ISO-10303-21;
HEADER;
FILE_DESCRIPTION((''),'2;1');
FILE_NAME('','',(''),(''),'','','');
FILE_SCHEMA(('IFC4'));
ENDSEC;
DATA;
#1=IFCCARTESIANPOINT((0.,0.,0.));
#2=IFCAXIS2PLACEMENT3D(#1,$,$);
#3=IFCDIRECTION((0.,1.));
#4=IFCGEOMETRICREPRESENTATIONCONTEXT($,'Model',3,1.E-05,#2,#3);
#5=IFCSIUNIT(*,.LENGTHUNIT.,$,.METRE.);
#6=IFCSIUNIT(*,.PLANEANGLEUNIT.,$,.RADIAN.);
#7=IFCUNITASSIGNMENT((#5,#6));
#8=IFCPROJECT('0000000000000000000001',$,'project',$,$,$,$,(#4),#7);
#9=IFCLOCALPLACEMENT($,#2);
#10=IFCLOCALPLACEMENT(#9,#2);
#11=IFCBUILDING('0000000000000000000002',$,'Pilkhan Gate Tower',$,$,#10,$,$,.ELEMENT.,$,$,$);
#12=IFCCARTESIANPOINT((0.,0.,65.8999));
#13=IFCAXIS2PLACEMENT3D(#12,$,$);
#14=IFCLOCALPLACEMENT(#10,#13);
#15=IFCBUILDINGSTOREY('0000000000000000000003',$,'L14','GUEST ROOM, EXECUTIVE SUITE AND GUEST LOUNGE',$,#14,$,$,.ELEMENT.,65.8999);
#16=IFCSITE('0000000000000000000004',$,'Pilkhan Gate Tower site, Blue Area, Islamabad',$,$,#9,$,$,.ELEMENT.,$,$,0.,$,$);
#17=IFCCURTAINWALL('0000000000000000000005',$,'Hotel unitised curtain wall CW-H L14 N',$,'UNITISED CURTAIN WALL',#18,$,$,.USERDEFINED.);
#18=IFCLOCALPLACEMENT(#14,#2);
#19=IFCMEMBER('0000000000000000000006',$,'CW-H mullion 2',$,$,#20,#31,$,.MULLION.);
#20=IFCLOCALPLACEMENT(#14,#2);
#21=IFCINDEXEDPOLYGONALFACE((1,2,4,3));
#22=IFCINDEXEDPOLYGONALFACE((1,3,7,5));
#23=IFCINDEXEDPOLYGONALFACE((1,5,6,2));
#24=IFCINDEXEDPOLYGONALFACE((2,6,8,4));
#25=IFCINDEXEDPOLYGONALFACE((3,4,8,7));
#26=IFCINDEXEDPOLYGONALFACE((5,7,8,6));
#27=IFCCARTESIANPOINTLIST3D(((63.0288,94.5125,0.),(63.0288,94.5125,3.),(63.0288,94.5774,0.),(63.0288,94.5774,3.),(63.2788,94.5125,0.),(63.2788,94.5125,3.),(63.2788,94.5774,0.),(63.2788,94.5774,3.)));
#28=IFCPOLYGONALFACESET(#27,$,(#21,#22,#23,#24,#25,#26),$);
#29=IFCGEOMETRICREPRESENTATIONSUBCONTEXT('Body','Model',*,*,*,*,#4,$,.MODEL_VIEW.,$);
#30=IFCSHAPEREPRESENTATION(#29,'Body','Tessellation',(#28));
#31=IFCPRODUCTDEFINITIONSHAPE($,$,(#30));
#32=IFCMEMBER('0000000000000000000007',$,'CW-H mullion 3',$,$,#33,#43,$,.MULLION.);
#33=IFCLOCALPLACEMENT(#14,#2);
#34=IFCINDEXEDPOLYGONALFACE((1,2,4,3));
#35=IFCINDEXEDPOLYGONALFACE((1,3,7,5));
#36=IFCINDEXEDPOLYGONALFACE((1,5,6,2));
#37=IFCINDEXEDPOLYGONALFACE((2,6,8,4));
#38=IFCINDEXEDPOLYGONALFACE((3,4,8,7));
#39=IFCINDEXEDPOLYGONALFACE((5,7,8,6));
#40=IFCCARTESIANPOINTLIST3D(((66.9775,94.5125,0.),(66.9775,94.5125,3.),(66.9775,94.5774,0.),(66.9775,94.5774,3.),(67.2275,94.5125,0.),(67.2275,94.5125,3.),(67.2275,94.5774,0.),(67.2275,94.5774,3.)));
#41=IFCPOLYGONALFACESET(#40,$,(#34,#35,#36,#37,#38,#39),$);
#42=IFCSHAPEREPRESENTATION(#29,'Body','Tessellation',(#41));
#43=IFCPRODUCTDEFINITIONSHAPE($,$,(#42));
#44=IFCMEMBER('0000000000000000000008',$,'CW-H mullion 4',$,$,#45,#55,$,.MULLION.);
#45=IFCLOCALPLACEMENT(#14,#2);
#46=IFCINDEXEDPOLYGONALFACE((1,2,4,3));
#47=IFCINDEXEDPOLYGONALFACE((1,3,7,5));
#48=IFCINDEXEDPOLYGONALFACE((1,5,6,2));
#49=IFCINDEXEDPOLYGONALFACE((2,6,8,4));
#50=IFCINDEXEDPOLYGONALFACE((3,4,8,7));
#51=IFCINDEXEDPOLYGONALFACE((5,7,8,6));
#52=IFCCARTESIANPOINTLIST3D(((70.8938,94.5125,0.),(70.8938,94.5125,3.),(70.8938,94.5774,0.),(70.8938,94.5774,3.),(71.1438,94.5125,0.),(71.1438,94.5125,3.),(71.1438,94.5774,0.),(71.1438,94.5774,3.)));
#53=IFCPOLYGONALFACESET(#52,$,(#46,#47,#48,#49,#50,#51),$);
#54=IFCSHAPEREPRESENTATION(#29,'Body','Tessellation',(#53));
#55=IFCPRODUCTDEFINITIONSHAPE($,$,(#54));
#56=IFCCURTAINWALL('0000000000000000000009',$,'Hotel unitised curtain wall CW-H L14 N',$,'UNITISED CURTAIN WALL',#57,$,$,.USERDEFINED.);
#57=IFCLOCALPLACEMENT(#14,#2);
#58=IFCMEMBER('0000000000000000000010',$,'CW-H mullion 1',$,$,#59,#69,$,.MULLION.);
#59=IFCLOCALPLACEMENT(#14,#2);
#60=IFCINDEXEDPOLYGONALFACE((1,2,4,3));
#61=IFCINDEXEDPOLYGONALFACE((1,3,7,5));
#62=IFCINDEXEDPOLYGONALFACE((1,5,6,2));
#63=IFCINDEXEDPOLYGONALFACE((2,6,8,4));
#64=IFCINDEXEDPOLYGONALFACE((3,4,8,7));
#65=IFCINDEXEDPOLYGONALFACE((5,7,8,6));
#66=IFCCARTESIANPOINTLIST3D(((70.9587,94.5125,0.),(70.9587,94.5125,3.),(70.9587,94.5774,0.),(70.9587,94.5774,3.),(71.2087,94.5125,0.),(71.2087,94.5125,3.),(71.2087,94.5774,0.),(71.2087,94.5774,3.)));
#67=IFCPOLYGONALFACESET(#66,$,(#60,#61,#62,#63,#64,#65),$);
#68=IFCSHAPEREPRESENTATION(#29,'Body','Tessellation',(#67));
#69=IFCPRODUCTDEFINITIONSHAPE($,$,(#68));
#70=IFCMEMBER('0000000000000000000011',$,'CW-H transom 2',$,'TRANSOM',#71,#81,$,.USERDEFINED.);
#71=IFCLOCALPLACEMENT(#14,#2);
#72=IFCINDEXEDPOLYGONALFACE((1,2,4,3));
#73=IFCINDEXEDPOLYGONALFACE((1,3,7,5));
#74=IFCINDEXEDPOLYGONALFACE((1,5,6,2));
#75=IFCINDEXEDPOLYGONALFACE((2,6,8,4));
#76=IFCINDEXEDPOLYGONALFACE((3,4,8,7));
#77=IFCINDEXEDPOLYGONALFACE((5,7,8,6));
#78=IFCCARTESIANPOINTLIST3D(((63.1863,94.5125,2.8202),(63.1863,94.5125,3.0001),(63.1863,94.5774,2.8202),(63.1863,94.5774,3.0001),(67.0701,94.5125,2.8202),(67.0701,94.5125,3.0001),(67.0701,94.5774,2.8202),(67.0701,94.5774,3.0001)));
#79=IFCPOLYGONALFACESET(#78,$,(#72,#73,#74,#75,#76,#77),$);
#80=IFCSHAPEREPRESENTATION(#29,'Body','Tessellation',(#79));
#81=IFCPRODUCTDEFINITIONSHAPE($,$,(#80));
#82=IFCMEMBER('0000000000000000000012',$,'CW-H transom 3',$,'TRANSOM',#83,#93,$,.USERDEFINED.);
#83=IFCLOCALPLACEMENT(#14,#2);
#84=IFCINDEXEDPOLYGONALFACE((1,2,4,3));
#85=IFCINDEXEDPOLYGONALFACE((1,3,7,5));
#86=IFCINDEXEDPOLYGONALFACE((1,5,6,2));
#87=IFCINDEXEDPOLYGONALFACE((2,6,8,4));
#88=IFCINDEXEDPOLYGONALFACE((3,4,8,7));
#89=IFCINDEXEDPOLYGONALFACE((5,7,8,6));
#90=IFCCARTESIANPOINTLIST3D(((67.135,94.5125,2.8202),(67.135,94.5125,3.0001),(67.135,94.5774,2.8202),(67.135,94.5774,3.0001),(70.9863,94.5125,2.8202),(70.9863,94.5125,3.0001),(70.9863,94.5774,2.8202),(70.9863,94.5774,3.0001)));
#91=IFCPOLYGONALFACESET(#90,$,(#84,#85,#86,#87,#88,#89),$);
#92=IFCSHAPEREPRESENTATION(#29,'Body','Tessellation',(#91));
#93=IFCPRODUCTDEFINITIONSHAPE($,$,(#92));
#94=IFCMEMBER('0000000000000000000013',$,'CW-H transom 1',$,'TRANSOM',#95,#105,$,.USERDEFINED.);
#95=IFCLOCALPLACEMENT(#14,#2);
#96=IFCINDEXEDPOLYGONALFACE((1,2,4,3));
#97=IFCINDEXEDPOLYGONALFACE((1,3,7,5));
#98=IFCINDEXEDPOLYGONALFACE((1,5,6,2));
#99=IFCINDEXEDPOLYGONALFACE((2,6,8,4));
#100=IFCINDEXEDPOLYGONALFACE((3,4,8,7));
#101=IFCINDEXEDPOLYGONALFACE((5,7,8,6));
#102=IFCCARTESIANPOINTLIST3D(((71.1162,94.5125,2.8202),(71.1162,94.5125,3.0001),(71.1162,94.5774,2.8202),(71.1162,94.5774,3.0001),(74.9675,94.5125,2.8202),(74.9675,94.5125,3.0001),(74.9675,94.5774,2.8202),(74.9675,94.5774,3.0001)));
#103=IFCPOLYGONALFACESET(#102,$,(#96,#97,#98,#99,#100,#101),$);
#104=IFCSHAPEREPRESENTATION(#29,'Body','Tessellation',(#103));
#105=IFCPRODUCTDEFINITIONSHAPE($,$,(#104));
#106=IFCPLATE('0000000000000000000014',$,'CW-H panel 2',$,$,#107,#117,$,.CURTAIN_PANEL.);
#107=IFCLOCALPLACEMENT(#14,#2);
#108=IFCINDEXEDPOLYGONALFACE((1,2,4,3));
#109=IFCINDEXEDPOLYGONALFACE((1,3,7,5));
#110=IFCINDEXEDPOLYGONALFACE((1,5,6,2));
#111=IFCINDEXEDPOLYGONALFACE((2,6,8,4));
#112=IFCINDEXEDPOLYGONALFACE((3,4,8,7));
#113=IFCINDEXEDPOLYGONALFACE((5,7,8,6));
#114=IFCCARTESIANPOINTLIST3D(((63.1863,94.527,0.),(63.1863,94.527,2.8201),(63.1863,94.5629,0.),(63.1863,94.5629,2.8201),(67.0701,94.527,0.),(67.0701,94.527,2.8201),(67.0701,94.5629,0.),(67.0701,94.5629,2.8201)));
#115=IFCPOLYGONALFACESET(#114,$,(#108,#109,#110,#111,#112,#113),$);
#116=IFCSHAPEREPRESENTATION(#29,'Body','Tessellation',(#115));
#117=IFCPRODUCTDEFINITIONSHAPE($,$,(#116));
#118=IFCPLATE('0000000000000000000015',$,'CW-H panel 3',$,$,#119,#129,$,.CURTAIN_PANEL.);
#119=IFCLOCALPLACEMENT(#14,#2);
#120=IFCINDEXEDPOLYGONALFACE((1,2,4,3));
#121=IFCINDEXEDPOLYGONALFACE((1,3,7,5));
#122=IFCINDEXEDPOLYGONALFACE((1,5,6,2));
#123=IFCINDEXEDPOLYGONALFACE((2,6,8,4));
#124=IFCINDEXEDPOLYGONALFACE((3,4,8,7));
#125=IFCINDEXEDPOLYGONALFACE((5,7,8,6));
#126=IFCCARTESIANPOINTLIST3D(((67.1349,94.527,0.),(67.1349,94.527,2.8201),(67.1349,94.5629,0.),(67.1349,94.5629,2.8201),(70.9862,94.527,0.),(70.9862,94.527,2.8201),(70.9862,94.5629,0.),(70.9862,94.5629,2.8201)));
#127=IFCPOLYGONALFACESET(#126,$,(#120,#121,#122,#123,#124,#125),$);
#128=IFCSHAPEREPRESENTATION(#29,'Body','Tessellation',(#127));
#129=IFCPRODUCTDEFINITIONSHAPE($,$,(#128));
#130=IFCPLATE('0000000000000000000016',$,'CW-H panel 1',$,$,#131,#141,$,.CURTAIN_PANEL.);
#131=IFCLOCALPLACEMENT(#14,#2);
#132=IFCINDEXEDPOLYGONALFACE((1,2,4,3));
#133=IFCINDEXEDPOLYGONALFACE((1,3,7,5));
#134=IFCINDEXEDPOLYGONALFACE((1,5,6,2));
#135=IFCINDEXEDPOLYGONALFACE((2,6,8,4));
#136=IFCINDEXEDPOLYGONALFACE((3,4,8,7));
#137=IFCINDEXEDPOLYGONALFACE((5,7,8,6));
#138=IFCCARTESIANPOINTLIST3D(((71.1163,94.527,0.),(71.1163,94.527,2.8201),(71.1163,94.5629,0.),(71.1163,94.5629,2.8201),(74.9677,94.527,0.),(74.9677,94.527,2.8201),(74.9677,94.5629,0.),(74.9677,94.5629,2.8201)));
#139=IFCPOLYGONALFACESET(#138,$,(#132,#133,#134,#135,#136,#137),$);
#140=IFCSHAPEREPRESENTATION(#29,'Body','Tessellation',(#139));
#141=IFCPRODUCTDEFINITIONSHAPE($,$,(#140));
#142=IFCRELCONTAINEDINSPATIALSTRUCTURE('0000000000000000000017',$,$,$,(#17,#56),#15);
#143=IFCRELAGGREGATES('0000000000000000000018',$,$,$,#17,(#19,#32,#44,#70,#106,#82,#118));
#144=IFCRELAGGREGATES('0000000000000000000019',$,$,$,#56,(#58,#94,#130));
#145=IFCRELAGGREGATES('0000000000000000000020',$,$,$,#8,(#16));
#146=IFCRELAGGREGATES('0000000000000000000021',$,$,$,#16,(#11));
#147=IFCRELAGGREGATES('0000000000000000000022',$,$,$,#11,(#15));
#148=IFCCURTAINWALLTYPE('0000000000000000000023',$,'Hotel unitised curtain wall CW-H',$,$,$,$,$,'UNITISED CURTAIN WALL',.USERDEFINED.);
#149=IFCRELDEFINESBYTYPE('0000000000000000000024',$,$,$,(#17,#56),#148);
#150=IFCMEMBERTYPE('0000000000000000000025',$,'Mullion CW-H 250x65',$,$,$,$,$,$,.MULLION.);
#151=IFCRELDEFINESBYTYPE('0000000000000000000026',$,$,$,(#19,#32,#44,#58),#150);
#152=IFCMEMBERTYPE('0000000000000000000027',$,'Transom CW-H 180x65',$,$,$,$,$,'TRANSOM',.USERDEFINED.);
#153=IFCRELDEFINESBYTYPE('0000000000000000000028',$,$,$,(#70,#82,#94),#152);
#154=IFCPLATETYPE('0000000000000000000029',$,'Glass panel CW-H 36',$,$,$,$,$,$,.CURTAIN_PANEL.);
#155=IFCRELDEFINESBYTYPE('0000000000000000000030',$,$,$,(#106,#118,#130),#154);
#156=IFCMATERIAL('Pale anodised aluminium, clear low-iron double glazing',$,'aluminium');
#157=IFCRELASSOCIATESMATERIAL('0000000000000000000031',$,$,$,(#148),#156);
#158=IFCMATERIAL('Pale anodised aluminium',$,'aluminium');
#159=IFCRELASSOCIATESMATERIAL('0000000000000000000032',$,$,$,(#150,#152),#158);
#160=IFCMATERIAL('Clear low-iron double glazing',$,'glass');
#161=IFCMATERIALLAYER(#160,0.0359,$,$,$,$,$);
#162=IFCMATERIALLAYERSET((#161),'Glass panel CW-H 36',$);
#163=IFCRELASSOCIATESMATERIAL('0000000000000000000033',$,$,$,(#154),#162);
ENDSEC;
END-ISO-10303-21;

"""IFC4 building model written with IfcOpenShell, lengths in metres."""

from ifc_helpers import new_model, si_unit, direction, frame, origin, origin_2d, place, context, subcontext, project, spatial, rectangle, extrude, material, layer, layer_set, material_profile, profile_set, type_object, element, aggregate, save


model = new_model("IFC4")

# Units and contexts
model_context = context("Model", 3, precision=1e-05, world=origin(), true_north=direction((0.0, 1.0)))
body_context = subcontext(model_context, "Body", "Model", "MODEL_VIEW")
ifc_project = project(units=[si_unit("LENGTHUNIT", "METRE"), si_unit("PLANEANGLEUNIT", "RADIAN")], contexts=[model_context])

# Site, building, storey
site_placement = place(None, origin())
site = spatial("IfcSite", under=ifc_project, at=site_placement, Name="Pilkhan Gate Tower site, Blue Area, Islamabad", CompositionType="ELEMENT", RefElevation=0.0)
building_placement = place(site_placement, origin())
building = spatial("IfcBuilding", under=site, at=building_placement, Name="Pilkhan Gate Tower", CompositionType="ELEMENT")
storey_placement = place(building_placement, frame((0.0, 0.0, 65.8999)))
storey = spatial("IfcBuildingStorey", under=building, at=storey_placement, Name="L14", Description="GUEST ROOM, EXECUTIVE SUITE AND GUEST LOUNGE", CompositionType="ELEMENT", Elevation=65.8999)

# Curtain wall, members
ifc_material_1 = material(Name="Pale anodised aluminium, clear low-iron double glazing", Category="aluminium")
curtain_wall_type = type_object("IfcCurtainWallType", Name="Hotel unitised curtain wall CW-H", ElementType="UNITISED CURTAIN WALL", PredefinedType="USERDEFINED", material=ifc_material_1)
curtain_wall_1_placement = place(storey_placement, origin())
curtain_wall_1 = element("IfcCurtainWall", 1, at=curtain_wall_1_placement, inside=storey, type_object=curtain_wall_type, Name="Hotel unitised curtain wall CW-H L14 N", ObjectType="UNITISED CURTAIN WALL", PredefinedType="USERDEFINED")
ifc_material_2 = material(Name="Pale anodised aluminium", Category="aluminium")
ifc_material_profile_1 = material_profile(ifc_material_2, rectangle(XDim=0.0649, YDim=0.25, at=origin_2d()), Name="Mullion 250x65")
ifc_profile_set_1 = profile_set([ifc_material_profile_1], Name="Pale anodised aluminium")
member_type_1 = type_object("IfcMemberType", Name="Mullion CW-H 250x65", PredefinedType="MULLION", material=ifc_profile_set_1)
member_1_placement = place(storey_placement, frame((63.1538, 94.5449, 0.0), z_axis=(0.0, 0.0, 1.0), x_axis=(0.0, 1.0, 0.0)))
member_1 = element("IfcMember", 2, at=member_1_placement, type_object=member_type_1, Name="CW-H mullion 2", PredefinedType="MULLION", context=body_context, shape_type="SweptSolid", body=[
    extrude(rectangle(XDim=0.0649, YDim=0.25, at=origin_2d()), origin(), (0.0, 0.0, 1.0), 3.0),
])
member_2_placement = place(storey_placement, frame((67.1025, 94.5449, 0.0), z_axis=(0.0, 0.0, 1.0), x_axis=(0.0, 1.0, 0.0)))
member_2 = element("IfcMember", 3, at=member_2_placement, type_object=member_type_1, Name="CW-H mullion 3", PredefinedType="MULLION", context=body_context, shape_type="SweptSolid", body=[
    extrude(rectangle(XDim=0.0649, YDim=0.25, at=origin_2d()), origin(), (0.0, 0.0, 1.0), 3.0),
])
member_3_placement = place(storey_placement, frame((71.0188, 94.5449, 0.0), z_axis=(0.0, 0.0, 1.0), x_axis=(0.0, 1.0, 0.0)))
member_3 = element("IfcMember", 4, at=member_3_placement, type_object=member_type_1, Name="CW-H mullion 4", PredefinedType="MULLION", context=body_context, shape_type="SweptSolid", body=[
    extrude(rectangle(XDim=0.0649, YDim=0.25, at=origin_2d()), origin(), (0.0, 0.0, 1.0), 3.0),
])

# Curtain wall, member
curtain_wall_2_placement = place(storey_placement, origin())
curtain_wall_2 = element("IfcCurtainWall", 5, at=curtain_wall_2_placement, inside=storey, type_object=curtain_wall_type, Name="Hotel unitised curtain wall CW-H L14 N", ObjectType="UNITISED CURTAIN WALL", PredefinedType="USERDEFINED")
member_4_placement = place(storey_placement, frame((71.0837, 94.5449, 0.0), z_axis=(0.0, 0.0, 1.0), x_axis=(0.0, 1.0, 0.0)))
member_4 = element("IfcMember", 6, at=member_4_placement, type_object=member_type_1, Name="CW-H mullion 1", PredefinedType="MULLION", context=body_context, shape_type="SweptSolid", body=[
    extrude(rectangle(XDim=0.0649, YDim=0.25, at=origin_2d()), origin(), (0.0, 0.0, 1.0), 3.0),
])

# Members
ifc_material_profile_2 = material_profile(ifc_material_2, rectangle(XDim=0.0649, YDim=0.1799, at=origin_2d()), Name="Transom 180x65")
ifc_profile_set_2 = profile_set([ifc_material_profile_2], Name="Pale anodised aluminium")
member_type_2 = type_object("IfcMemberType", Name="Transom CW-H 180x65", ElementType="TRANSOM", PredefinedType="USERDEFINED", material=ifc_profile_set_2)
member_5_placement = place(storey_placement, frame((63.1863, 94.5449, 2.9102), z_axis=(1.0, 0.0, 0.0), x_axis=(0.0, 1.0, 0.0)))
member_5 = element("IfcMember", 7, at=member_5_placement, type_object=member_type_2, Name="CW-H transom 2", ObjectType="TRANSOM", PredefinedType="USERDEFINED", context=body_context, shape_type="SweptSolid", body=[
    extrude(rectangle(XDim=0.0649, YDim=0.1799, at=origin_2d()), origin(), (0.0, 0.0, 1.0), 3.8838),
])
member_6_placement = place(storey_placement, frame((67.135, 94.5449, 2.9102), z_axis=(1.0, 0.0, 0.0), x_axis=(0.0, 1.0, 0.0)))
member_6 = element("IfcMember", 8, at=member_6_placement, type_object=member_type_2, Name="CW-H transom 3", ObjectType="TRANSOM", PredefinedType="USERDEFINED", context=body_context, shape_type="SweptSolid", body=[
    extrude(rectangle(XDim=0.0649, YDim=0.1799, at=origin_2d()), origin(), (0.0, 0.0, 1.0), 3.8513),
])
member_7_placement = place(storey_placement, frame((71.1162, 94.5449, 2.9102), z_axis=(1.0, 0.0, 0.0), x_axis=(0.0, 1.0, 0.0)))
member_7 = element("IfcMember", 9, at=member_7_placement, type_object=member_type_2, Name="CW-H transom 1", ObjectType="TRANSOM", PredefinedType="USERDEFINED", context=body_context, shape_type="SweptSolid", body=[
    extrude(rectangle(XDim=0.0649, YDim=0.1799, at=origin_2d()), origin(), (0.0, 0.0, 1.0), 3.8513),
])

# Plates
ifc_material_3 = material(Name="Clear low-iron double glazing", Category="glass")
ifc_layer_1 = layer(ifc_material_3, 0.0359)
ifc_layer_set_1 = layer_set([ifc_layer_1], Name="Glass panel CW-H 36")
plate_type = type_object("IfcPlateType", Name="Glass panel CW-H 36", PredefinedType="CURTAIN_PANEL", material=ifc_layer_set_1)
plate_1_placement = place(storey_placement, frame((65.1282, 94.5449, 0.0), z_axis=(0.0, 0.0, 1.0), x_axis=(1.0, 0.0, 0.0)))
plate_1 = element("IfcPlate", 10, at=plate_1_placement, type_object=plate_type, Name="CW-H panel 2", PredefinedType="CURTAIN_PANEL", context=body_context, shape_type="SweptSolid", body=[
    extrude(rectangle(XDim=3.8838, YDim=0.0359, at=origin_2d()), origin(), (0.0, 0.0, 1.0), 2.8201),
])
plate_2_placement = place(storey_placement, frame((69.0605, 94.5449, 0.0), z_axis=(0.0, 0.0, 1.0), x_axis=(1.0, 0.0, 0.0)))
plate_2 = element("IfcPlate", 11, at=plate_2_placement, type_object=plate_type, Name="CW-H panel 3", PredefinedType="CURTAIN_PANEL", context=body_context, shape_type="SweptSolid", body=[
    extrude(rectangle(XDim=3.8513, YDim=0.0359, at=origin_2d()), origin(), (0.0, 0.0, 1.0), 2.8201),
])
aggregate(curtain_wall_1, [member_1, member_2, member_3, member_5, plate_1, member_6, plate_2])
plate_3_placement = place(storey_placement, frame((73.042, 94.5449, 0.0), z_axis=(0.0, 0.0, 1.0), x_axis=(1.0, 0.0, 0.0)))
plate_3 = element("IfcPlate", 12, at=plate_3_placement, type_object=plate_type, Name="CW-H panel 1", PredefinedType="CURTAIN_PANEL", context=body_context, shape_type="SweptSolid", body=[
    extrude(rectangle(XDim=3.8513, YDim=0.0359, at=origin_2d()), origin(), (0.0, 0.0, 1.0), 2.8201),
])
aggregate(curtain_wall_2, [member_4, member_7, plate_3])

save(model, "model.ifc")
